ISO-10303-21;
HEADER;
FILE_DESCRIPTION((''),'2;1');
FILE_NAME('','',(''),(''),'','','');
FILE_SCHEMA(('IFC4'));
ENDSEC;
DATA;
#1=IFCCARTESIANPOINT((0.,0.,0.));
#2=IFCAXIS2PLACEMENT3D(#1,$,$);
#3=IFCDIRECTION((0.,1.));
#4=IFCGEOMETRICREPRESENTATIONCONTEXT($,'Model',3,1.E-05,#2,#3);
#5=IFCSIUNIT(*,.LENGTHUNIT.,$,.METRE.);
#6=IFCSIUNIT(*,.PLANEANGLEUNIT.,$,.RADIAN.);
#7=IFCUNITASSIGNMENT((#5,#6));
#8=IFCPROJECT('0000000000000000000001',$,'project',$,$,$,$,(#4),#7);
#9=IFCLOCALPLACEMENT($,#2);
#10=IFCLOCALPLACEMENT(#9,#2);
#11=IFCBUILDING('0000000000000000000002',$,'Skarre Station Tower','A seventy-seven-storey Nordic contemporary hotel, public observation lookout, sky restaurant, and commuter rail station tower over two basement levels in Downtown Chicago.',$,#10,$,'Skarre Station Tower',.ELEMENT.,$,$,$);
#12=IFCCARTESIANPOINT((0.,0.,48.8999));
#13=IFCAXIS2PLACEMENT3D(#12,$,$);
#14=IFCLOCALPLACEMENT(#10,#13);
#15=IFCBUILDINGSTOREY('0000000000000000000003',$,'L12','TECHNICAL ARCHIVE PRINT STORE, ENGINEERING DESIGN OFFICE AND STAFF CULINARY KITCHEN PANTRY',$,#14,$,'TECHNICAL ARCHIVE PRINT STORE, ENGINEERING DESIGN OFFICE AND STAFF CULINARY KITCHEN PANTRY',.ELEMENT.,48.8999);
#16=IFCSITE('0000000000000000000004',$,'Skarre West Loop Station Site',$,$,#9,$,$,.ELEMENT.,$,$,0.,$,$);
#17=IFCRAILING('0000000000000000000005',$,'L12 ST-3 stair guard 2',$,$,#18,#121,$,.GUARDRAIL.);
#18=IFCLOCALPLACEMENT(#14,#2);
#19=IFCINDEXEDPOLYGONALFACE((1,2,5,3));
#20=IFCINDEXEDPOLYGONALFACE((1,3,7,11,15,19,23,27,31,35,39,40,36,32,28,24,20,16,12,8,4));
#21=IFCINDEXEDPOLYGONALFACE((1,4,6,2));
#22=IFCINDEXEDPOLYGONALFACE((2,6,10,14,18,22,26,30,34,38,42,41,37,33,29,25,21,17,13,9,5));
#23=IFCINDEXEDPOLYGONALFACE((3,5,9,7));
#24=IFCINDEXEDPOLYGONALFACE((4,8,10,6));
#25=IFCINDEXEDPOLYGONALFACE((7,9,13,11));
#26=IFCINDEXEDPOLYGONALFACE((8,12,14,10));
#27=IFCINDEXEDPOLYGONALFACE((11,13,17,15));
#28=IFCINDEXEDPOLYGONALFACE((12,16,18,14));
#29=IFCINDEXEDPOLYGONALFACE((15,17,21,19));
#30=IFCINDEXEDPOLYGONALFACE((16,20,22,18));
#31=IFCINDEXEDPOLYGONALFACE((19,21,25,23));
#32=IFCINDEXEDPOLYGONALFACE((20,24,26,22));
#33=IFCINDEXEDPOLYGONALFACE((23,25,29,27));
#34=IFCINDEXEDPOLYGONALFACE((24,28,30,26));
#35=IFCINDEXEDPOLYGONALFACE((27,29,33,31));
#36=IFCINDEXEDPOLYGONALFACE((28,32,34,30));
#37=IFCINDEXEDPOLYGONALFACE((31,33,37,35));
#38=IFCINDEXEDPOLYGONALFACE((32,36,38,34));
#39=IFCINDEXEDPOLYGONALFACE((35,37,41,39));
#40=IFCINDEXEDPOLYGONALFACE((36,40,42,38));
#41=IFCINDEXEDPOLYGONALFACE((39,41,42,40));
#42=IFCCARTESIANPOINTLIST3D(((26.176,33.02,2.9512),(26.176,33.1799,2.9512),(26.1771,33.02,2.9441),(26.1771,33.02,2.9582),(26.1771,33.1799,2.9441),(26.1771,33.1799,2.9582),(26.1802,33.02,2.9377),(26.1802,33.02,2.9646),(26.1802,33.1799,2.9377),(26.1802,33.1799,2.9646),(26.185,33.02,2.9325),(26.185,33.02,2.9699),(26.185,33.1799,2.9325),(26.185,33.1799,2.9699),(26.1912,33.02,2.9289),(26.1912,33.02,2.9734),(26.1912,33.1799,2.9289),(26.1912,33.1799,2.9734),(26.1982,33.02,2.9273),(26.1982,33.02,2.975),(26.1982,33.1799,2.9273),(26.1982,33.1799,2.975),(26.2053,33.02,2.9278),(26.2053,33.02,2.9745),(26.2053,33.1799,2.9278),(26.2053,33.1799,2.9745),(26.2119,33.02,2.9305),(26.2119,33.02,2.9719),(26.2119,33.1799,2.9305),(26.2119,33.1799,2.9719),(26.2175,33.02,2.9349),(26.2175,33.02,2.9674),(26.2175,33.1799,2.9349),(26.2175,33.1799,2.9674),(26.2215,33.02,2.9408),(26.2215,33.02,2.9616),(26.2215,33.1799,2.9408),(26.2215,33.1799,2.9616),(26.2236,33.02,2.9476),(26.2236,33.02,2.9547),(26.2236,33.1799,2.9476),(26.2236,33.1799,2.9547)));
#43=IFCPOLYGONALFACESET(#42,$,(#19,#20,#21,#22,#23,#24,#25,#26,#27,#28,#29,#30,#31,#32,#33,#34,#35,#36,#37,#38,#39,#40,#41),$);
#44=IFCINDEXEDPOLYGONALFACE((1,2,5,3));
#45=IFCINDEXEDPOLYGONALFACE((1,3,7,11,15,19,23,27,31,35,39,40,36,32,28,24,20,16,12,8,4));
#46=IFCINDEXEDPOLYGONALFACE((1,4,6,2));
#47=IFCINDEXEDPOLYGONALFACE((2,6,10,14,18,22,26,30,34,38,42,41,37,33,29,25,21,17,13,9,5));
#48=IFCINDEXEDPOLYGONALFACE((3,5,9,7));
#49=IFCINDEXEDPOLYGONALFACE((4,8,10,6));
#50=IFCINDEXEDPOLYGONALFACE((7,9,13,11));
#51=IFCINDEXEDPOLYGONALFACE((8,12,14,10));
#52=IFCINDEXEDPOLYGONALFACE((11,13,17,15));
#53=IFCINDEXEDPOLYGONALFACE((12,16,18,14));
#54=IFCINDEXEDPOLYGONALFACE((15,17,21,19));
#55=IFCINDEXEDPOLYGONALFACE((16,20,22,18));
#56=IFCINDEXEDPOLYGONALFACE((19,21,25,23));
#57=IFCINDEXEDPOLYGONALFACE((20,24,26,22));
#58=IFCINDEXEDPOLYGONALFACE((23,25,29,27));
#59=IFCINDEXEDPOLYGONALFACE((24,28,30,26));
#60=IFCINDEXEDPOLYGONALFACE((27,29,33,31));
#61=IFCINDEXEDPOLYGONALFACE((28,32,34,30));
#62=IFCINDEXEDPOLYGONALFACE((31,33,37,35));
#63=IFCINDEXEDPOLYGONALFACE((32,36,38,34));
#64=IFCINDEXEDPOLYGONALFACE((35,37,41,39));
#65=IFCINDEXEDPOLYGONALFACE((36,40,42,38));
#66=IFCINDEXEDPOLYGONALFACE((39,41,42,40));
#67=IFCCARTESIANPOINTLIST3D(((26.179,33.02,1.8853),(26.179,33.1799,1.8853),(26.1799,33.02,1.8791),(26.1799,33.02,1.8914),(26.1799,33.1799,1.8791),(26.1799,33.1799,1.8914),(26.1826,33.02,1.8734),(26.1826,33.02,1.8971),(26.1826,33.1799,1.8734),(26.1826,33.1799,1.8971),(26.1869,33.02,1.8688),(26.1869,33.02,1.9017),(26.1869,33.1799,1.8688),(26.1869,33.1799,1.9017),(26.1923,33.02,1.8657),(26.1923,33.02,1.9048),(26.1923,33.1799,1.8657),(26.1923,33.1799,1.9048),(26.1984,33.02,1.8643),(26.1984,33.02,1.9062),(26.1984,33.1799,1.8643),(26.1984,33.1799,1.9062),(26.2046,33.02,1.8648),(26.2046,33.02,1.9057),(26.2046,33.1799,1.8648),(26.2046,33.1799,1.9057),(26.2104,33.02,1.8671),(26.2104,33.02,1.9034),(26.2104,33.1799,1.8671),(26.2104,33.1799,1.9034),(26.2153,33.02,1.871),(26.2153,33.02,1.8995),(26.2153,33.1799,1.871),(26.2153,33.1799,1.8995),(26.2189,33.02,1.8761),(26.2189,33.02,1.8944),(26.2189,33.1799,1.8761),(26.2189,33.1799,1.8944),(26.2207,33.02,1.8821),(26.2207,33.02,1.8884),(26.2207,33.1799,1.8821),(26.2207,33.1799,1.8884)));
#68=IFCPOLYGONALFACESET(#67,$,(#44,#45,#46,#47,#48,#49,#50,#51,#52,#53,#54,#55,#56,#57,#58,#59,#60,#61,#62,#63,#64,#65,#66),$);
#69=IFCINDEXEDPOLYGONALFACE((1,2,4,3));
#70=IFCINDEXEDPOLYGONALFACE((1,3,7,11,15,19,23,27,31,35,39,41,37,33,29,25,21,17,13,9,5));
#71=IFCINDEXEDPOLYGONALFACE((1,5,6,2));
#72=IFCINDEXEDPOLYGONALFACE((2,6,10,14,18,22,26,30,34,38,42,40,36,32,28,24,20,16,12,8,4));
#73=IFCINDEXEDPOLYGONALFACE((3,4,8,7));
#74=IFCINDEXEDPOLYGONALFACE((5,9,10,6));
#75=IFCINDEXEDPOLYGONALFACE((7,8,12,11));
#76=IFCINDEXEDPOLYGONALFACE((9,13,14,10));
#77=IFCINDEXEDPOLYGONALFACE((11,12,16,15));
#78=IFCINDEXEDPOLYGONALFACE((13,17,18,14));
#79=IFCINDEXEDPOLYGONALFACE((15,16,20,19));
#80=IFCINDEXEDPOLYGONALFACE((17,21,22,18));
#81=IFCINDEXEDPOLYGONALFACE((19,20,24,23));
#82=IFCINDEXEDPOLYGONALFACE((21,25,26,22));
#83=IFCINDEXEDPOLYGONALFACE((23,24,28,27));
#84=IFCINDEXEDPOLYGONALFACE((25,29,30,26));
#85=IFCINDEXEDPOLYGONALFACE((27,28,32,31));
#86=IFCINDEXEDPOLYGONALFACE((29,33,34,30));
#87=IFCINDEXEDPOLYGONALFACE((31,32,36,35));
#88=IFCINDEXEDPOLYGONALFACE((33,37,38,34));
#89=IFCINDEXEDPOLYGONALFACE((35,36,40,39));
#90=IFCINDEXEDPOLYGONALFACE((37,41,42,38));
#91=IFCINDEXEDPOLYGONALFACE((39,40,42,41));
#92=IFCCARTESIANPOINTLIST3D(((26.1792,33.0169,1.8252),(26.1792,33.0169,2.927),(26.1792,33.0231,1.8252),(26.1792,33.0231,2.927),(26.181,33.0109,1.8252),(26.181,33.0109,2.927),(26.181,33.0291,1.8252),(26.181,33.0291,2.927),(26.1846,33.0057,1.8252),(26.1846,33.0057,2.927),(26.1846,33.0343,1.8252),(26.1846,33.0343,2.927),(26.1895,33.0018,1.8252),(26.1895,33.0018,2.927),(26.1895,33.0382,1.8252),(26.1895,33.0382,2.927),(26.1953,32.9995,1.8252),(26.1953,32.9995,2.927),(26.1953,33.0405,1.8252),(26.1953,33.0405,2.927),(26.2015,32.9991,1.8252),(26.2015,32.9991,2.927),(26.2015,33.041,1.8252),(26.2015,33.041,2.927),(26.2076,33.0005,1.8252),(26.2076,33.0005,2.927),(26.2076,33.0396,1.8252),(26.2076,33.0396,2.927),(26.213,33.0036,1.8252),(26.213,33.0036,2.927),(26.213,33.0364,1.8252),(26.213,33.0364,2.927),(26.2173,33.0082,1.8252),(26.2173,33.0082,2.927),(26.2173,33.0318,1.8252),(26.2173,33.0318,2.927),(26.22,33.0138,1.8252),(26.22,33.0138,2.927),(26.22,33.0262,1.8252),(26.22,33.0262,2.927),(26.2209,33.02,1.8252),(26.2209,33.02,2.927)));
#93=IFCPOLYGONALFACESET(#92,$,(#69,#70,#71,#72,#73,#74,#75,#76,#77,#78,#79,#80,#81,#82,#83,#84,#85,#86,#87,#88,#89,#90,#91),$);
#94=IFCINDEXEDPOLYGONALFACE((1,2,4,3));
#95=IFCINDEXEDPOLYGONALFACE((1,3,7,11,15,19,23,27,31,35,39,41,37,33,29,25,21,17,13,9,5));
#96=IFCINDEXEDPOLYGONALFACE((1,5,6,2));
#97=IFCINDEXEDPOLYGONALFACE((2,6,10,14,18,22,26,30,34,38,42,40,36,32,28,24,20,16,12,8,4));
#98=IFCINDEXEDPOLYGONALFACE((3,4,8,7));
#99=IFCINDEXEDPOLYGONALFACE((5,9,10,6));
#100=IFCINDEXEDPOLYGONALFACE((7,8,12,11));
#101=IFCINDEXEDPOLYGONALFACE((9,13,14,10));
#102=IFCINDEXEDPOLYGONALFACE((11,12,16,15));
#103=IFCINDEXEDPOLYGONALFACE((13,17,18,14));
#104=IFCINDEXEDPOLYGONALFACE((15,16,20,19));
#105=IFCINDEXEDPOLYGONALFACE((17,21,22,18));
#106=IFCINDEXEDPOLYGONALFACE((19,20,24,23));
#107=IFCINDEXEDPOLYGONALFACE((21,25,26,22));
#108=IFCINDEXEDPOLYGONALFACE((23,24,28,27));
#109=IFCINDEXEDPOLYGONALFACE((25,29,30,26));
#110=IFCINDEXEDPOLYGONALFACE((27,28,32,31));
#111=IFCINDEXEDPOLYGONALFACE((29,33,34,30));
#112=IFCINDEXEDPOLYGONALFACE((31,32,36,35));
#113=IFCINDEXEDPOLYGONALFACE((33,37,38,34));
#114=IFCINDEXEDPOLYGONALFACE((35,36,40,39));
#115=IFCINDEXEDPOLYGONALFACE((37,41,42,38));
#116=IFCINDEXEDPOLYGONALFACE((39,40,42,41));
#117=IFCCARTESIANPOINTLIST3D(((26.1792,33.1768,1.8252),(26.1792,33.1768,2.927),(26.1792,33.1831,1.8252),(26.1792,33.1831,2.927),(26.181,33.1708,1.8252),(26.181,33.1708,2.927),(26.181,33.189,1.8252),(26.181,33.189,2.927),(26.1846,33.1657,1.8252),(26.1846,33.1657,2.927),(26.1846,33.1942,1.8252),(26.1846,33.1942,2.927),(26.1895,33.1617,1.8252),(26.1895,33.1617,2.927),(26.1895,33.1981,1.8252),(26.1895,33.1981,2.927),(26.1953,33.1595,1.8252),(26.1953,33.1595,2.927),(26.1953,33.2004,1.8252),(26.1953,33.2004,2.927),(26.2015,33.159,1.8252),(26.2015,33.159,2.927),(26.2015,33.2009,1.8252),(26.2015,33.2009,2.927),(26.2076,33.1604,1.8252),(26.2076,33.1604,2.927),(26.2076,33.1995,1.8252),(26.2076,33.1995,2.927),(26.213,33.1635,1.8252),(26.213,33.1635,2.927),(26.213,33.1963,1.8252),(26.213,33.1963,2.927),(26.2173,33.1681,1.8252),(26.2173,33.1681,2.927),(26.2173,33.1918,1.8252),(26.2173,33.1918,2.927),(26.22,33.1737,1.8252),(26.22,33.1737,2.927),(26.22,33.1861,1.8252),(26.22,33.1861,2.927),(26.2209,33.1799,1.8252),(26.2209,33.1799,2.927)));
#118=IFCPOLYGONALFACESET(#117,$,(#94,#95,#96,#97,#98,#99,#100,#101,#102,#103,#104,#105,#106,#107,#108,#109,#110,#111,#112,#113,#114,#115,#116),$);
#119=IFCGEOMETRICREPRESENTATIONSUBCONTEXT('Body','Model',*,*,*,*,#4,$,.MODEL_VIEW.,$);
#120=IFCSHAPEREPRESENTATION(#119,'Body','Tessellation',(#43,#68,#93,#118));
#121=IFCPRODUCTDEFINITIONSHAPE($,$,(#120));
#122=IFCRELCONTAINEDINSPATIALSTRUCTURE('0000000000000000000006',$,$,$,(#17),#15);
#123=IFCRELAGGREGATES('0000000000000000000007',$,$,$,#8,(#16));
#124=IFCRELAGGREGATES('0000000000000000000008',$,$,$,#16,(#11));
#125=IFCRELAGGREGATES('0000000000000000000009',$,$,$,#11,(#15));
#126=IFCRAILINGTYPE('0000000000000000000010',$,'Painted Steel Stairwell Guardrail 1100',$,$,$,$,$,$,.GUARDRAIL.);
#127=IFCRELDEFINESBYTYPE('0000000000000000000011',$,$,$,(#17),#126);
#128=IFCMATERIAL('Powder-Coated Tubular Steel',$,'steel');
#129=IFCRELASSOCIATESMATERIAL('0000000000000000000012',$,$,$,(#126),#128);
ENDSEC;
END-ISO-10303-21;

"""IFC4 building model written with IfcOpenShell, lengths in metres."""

from ifc_helpers import new_model, si_unit, direction, frame, origin, origin_2d, place, context, subcontext, project, spatial, circle, extrude, material, type_object, element, save


model = new_model("IFC4")

# Units and contexts
model_context = context("Model", 3, precision=1e-05, world=origin(), true_north=direction((0.0, 1.0)))
body_context = subcontext(model_context, "Body", "Model", "MODEL_VIEW")
ifc_project = project(units=[si_unit("LENGTHUNIT", "METRE"), si_unit("PLANEANGLEUNIT", "RADIAN")], contexts=[model_context])

# Site, building, storey
site_placement = place(None, origin())
site = spatial("IfcSite", under=ifc_project, at=site_placement, Name="Skarre West Loop Station Site", CompositionType="ELEMENT", RefElevation=0.0)
building_placement = place(site_placement, origin())
building = spatial("IfcBuilding", under=site, at=building_placement, Name="Skarre Station Tower", Description="A seventy-seven-storey Nordic contemporary hotel, public observation lookout, sky restaurant, and commuter rail station tower over two basement levels in Downtown Chicago.", LongName="Skarre Station Tower", CompositionType="ELEMENT")
storey_placement = place(building_placement, frame((0.0, 0.0, 48.8999)))
storey = spatial("IfcBuildingStorey", under=building, at=storey_placement, Name="L12", Description="TECHNICAL ARCHIVE PRINT STORE, ENGINEERING DESIGN OFFICE AND STAFF CULINARY KITCHEN PANTRY", LongName="TECHNICAL ARCHIVE PRINT STORE, ENGINEERING DESIGN OFFICE AND STAFF CULINARY KITCHEN PANTRY", CompositionType="ELEMENT", Elevation=48.8999)

# Railing
ifc_material_1 = material(Name="Powder-Coated Tubular Steel", Category="steel")
railing_type_1 = type_object("IfcRailingType", Name="Painted Steel Stairwell Guardrail 1100", PredefinedType="GUARDRAIL", material=ifc_material_1)
railing_1_placement = place(storey_placement, frame((26.2, 33.02, 1.8252)))
element("IfcRailing", 1, at=railing_1_placement, inside=storey, type_object=railing_type_1, Name="L12 ST-3 stair guard 2", PredefinedType="GUARDRAIL", context=body_context, shape_type="SweptSolid", body=[
    extrude(circle(Radius=0.0239, at=origin_2d()), frame((0.0, 0.0, 1.126), z_axis=(0.0, 1.0, 0.0), x_axis=(-1.0, 0.0, 0.0)), (0.0, 0.0, 1.0), 0.1599),
    extrude(circle(Radius=0.021, at=origin_2d()), frame((0.0, 0.0, 0.0601), z_axis=(0.0, 1.0, 0.0), x_axis=(-1.0, 0.0, 0.0)), (0.0, 0.0, 1.0), 0.1599),
    extrude(circle(Radius=0.021, at=origin_2d()), origin(), (0.0, 0.0, 1.0), 1.1018),
    extrude(circle(Radius=0.021, at=origin_2d()), frame((0.0, 0.1599, 0.0)), (0.0, 0.0, 1.0), 1.1018),
])

save(model, "model.ifc")
